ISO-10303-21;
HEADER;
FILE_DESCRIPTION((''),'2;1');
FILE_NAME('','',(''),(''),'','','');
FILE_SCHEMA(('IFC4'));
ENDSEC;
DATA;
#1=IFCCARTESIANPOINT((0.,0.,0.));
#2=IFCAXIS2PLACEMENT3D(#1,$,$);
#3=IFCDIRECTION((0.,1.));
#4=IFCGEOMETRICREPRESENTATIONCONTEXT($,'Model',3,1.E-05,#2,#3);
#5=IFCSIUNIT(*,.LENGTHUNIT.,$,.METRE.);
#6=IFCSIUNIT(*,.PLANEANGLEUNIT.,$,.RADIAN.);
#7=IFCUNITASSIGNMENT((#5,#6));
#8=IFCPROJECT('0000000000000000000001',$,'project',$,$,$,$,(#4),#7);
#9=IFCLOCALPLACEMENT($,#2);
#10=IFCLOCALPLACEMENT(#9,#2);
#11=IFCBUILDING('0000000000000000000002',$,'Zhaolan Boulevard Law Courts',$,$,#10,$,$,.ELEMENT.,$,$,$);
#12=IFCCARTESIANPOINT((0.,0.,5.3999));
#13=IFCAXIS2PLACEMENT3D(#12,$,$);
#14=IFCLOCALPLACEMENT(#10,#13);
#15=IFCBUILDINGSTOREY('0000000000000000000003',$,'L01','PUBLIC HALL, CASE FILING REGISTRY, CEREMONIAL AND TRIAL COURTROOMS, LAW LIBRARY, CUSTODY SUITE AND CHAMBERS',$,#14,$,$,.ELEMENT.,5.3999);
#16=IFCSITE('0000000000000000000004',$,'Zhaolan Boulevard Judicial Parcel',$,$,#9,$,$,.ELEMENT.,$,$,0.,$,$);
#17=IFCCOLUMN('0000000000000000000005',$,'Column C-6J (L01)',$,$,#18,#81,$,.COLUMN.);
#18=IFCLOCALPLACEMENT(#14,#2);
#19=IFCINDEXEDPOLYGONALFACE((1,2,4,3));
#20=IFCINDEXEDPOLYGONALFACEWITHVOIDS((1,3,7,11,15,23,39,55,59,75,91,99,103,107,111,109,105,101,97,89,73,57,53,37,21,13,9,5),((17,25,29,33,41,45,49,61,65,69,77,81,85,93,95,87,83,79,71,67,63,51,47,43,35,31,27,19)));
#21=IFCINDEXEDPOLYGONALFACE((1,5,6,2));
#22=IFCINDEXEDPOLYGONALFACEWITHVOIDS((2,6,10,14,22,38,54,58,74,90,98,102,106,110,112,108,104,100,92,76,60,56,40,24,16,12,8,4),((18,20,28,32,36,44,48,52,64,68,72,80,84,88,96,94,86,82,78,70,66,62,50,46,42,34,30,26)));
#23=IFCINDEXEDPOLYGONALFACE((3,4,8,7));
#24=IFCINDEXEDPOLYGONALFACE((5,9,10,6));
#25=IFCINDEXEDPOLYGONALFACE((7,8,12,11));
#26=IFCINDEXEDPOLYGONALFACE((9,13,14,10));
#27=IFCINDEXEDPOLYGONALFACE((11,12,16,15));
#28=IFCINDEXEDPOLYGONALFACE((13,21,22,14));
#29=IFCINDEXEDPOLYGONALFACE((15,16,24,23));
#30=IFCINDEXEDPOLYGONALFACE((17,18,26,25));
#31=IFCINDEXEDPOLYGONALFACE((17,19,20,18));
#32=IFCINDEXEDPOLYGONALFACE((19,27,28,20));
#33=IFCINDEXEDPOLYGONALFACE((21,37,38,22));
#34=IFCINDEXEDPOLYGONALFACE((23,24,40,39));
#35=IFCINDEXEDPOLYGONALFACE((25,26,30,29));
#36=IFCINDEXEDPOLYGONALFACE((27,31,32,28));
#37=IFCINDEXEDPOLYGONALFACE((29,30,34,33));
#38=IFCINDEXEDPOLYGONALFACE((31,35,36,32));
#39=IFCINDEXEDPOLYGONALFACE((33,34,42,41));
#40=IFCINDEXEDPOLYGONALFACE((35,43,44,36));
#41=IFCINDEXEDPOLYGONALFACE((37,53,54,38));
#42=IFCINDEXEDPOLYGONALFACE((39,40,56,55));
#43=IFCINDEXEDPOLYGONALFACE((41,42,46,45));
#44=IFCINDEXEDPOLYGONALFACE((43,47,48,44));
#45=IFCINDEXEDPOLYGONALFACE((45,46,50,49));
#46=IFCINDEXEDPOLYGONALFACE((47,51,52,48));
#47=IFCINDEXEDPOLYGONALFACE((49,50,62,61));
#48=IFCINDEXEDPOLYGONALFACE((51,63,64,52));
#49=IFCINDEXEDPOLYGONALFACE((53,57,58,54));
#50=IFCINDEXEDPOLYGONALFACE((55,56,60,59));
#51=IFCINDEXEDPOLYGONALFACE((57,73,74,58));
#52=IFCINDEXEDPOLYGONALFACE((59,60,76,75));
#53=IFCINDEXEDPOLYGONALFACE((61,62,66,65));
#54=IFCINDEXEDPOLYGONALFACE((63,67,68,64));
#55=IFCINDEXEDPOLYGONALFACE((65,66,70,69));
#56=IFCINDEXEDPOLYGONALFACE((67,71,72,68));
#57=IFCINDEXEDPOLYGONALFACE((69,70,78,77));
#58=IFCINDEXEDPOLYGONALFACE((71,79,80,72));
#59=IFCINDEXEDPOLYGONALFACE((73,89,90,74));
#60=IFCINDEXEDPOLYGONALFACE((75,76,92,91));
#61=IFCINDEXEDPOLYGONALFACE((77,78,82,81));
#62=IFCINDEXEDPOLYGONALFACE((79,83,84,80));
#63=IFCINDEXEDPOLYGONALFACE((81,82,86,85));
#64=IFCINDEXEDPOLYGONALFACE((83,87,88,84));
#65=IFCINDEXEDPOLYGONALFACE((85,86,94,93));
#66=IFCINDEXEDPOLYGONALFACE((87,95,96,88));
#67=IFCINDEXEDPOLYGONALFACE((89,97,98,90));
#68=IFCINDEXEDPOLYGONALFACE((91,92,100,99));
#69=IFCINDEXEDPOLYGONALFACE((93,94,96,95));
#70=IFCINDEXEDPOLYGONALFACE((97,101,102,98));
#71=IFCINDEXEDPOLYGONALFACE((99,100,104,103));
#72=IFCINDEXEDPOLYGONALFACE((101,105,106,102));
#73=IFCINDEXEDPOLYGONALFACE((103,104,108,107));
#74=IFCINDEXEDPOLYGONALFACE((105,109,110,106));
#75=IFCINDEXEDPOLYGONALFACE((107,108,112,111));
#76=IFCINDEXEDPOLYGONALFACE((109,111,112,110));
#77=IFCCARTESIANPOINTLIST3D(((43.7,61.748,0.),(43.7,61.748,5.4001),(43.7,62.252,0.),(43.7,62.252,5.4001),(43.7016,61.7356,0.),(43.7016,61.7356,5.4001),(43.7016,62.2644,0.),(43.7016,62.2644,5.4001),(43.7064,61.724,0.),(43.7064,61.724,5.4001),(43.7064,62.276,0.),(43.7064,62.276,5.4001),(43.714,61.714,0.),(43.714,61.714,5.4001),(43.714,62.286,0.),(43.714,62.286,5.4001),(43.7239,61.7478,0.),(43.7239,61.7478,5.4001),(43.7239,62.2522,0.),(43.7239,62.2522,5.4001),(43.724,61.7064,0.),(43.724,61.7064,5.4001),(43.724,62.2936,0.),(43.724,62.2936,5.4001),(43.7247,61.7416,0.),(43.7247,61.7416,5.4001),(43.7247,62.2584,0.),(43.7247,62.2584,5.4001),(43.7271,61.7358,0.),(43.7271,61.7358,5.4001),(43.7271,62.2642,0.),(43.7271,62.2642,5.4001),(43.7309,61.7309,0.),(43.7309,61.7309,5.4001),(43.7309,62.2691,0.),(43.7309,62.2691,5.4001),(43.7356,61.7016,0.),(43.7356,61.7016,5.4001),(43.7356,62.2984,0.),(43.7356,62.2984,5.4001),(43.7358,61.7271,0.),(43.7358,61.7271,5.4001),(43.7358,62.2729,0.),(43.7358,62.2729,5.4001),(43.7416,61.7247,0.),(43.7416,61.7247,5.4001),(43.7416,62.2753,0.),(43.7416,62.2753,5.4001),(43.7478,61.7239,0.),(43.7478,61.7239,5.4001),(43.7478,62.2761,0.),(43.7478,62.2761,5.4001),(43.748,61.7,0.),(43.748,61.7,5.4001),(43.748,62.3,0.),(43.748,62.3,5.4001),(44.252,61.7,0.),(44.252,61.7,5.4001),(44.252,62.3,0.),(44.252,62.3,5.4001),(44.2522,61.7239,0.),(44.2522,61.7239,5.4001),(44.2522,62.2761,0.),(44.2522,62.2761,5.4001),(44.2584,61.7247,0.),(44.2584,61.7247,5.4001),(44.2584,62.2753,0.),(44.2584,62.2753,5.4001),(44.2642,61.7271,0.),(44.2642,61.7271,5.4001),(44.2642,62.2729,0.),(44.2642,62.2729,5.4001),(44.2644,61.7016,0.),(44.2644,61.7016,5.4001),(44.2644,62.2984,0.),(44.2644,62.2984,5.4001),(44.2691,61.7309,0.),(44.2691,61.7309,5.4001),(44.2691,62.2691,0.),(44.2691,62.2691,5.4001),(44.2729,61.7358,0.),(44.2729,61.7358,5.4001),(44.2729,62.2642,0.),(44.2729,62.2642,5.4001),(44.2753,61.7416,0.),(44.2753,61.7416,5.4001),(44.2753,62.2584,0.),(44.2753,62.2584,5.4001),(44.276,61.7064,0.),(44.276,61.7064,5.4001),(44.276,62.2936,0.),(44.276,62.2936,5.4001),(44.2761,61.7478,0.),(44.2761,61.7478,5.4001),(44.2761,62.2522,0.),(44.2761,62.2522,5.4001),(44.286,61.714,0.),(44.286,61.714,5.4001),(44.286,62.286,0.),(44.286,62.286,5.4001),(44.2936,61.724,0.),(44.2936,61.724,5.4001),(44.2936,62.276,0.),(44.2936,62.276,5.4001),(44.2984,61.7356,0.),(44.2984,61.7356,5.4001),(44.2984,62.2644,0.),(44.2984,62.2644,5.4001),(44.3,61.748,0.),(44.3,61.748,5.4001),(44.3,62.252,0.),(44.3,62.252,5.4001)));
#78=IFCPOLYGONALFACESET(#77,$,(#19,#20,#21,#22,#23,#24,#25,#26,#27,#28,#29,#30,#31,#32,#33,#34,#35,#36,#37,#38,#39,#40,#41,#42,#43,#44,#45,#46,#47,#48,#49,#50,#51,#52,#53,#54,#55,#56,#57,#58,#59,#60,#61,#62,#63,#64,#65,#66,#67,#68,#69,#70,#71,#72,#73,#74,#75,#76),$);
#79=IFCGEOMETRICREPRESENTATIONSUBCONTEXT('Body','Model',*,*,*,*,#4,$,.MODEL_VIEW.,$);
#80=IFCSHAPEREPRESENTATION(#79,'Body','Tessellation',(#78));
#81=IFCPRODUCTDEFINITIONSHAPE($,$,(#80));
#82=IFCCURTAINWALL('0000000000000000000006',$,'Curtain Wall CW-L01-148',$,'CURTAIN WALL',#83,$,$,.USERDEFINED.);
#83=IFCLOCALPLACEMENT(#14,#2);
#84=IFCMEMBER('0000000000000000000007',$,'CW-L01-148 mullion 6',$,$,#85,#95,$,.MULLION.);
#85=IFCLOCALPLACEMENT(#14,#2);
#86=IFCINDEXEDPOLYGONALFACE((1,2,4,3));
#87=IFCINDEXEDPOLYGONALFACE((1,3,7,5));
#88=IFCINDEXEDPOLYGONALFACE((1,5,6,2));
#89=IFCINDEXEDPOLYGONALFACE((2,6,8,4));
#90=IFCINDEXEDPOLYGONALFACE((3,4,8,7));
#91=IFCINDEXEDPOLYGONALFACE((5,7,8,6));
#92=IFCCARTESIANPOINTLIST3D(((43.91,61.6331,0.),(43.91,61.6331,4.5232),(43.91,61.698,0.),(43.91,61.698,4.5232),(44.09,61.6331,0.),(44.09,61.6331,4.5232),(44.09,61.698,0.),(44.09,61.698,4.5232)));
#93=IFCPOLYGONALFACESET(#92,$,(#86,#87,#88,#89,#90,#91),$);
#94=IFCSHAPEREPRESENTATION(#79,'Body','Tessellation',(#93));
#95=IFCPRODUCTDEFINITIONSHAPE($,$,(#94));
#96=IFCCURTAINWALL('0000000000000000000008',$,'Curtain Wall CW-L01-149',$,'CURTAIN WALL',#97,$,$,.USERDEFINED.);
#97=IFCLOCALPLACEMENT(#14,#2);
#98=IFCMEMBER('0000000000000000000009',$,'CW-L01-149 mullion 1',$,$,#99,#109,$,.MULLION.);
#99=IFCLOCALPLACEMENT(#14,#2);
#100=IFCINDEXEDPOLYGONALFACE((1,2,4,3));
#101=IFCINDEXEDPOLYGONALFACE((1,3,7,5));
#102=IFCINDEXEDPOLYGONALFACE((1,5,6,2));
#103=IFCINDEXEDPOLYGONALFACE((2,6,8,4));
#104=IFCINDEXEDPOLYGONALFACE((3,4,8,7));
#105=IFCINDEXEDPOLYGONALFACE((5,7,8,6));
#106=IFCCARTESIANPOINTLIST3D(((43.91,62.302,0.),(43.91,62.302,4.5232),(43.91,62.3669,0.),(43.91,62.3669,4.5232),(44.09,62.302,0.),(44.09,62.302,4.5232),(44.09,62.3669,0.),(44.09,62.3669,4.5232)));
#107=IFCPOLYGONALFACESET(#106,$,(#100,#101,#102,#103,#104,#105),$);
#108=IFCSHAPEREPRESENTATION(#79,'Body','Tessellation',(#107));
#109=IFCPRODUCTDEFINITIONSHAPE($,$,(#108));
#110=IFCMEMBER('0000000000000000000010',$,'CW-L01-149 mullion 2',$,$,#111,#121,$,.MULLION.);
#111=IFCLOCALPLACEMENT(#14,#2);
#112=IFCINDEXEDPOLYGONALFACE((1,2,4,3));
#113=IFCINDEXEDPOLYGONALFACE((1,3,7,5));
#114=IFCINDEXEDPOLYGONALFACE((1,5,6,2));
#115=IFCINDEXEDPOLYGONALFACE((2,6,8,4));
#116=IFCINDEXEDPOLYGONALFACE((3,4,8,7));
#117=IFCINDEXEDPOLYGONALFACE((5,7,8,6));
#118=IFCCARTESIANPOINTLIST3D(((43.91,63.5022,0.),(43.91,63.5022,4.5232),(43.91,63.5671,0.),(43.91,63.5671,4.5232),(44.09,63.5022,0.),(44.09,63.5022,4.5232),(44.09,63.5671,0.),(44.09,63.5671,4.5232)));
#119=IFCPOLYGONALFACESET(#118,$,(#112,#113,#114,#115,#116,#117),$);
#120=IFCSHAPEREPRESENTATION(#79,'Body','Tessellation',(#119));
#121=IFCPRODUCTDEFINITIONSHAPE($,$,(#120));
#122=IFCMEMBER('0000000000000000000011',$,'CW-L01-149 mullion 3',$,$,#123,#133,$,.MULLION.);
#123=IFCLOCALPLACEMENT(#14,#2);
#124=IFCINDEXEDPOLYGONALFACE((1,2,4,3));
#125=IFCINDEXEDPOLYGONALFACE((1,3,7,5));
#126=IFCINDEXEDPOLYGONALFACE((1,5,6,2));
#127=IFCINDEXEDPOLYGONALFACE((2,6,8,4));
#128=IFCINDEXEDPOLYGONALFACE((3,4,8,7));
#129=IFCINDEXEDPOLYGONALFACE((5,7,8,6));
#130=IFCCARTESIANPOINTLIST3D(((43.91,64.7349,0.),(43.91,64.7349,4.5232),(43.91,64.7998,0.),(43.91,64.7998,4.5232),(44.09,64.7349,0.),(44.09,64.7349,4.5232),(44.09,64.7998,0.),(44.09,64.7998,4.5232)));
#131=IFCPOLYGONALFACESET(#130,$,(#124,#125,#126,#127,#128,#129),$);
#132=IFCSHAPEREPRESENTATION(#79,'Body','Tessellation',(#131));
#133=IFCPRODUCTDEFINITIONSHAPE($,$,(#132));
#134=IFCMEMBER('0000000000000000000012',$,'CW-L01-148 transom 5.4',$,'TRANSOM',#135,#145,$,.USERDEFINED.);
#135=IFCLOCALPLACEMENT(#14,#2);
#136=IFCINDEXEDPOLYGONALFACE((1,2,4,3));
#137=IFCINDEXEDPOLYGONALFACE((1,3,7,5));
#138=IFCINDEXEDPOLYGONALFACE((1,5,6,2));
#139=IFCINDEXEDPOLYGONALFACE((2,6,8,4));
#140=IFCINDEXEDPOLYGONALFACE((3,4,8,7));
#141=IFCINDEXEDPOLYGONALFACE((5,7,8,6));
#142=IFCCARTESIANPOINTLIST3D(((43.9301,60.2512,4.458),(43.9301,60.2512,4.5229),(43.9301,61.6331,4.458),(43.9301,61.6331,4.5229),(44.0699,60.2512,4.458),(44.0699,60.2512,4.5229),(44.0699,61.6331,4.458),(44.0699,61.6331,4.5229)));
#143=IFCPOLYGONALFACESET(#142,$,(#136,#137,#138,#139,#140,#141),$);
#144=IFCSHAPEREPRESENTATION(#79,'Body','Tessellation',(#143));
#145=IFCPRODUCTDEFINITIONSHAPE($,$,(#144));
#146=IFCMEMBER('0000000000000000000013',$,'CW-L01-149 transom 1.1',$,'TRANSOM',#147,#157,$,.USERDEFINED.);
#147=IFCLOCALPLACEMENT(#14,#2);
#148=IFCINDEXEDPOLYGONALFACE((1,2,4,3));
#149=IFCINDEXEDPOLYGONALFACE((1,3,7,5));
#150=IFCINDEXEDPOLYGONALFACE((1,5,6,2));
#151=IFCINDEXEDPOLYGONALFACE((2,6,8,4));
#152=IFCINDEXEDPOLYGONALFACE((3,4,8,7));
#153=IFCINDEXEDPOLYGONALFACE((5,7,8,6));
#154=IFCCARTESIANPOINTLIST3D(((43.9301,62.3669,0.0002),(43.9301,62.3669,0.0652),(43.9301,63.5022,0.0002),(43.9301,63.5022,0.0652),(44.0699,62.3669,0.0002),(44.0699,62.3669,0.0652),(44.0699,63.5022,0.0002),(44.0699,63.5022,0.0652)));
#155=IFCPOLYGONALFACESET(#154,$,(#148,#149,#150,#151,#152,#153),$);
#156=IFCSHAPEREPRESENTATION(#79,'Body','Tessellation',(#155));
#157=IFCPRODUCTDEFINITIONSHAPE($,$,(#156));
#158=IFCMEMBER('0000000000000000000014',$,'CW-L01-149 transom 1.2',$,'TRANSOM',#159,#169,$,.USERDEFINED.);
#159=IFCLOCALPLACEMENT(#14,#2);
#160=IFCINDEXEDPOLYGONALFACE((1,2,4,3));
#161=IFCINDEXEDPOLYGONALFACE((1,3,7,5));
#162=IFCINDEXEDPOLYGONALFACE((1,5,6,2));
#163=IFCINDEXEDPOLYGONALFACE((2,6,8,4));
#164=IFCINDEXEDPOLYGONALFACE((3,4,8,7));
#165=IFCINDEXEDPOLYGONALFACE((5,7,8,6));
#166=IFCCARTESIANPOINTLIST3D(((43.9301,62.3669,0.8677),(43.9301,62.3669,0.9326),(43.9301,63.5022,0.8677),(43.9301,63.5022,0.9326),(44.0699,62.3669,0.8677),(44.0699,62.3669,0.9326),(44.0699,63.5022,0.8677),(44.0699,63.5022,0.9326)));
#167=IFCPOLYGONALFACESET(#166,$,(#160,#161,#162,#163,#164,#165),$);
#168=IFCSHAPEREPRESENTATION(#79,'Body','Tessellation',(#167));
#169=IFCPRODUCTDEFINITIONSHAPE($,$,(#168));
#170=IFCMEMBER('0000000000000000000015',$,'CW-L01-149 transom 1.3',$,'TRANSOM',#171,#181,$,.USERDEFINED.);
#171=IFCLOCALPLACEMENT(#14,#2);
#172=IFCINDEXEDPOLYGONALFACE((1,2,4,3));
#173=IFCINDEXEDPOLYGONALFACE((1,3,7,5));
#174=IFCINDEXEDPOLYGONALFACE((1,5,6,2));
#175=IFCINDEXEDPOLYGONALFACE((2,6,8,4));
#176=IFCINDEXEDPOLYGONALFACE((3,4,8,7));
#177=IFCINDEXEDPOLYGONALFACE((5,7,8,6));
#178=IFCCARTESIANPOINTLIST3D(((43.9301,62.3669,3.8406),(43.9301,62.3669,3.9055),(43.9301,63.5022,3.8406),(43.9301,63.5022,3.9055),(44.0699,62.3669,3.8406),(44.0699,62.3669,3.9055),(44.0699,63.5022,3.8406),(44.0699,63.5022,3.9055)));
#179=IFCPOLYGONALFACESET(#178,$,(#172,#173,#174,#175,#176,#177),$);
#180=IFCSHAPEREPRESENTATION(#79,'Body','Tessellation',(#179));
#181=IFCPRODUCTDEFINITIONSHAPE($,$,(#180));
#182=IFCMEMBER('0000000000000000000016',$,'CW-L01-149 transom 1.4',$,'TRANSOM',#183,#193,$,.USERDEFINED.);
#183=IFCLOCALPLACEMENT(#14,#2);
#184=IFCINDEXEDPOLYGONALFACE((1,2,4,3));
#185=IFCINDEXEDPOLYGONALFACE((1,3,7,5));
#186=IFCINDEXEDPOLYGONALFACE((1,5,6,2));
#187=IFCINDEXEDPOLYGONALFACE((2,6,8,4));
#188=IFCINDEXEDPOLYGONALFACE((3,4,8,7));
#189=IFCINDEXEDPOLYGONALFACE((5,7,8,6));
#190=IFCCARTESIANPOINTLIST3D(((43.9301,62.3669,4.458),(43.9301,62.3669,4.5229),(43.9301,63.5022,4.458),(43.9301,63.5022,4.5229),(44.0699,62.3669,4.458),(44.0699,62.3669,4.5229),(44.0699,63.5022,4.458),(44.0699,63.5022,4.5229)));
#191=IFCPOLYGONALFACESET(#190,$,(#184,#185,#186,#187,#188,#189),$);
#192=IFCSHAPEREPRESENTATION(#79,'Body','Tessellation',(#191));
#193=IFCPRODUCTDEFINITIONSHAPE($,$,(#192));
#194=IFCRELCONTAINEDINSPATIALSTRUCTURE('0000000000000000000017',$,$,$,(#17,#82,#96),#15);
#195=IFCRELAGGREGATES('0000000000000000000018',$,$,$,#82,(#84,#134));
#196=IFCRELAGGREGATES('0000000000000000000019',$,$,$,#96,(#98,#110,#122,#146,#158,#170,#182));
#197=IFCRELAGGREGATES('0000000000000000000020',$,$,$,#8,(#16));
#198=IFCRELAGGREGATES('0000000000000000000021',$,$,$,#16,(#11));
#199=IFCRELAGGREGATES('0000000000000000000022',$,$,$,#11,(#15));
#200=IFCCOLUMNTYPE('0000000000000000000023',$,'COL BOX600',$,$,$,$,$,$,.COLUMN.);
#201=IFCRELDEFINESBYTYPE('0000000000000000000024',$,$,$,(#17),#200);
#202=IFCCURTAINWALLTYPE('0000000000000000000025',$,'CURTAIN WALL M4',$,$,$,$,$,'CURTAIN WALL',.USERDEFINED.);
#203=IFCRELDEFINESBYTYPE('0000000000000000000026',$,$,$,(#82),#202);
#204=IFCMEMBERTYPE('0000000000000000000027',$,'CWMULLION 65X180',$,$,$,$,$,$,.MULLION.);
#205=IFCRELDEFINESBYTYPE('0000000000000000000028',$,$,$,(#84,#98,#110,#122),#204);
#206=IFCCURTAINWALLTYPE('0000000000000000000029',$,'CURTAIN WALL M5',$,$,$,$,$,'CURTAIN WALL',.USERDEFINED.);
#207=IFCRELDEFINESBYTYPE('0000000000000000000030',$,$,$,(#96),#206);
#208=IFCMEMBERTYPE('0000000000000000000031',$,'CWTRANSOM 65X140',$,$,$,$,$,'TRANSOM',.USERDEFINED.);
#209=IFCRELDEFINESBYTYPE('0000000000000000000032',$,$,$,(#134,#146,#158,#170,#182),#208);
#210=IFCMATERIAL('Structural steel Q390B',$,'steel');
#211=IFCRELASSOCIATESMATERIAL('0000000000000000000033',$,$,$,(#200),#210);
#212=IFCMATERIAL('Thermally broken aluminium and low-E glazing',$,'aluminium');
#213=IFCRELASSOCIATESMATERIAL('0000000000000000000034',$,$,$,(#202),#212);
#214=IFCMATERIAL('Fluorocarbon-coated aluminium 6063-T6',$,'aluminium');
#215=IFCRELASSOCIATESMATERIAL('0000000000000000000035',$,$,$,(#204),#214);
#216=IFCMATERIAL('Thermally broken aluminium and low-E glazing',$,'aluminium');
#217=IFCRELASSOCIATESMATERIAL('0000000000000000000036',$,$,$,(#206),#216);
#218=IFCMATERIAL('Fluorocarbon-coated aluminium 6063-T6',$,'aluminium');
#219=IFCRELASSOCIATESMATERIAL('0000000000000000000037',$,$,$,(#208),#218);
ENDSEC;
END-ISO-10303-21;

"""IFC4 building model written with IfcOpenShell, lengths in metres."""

from ifc_helpers import new_model, si_unit, direction, frame, origin, origin_2d, place, context, subcontext, project, spatial, rectangle, hollow_rectangle, extrude, material, material_profile, profile_set, type_object, element, aggregate, save


model = new_model("IFC4")

# Units and contexts
model_context = context("Model", 3, precision=1e-05, world=origin(), true_north=direction((0.0, 1.0)))
body_context = subcontext(model_context, "Body", "Model", "MODEL_VIEW")
ifc_project = project(units=[si_unit("LENGTHUNIT", "METRE"), si_unit("PLANEANGLEUNIT", "RADIAN")], contexts=[model_context])

# Site, building, storey
site_placement = place(None, origin())
site = spatial("IfcSite", under=ifc_project, at=site_placement, Name="Zhaolan Boulevard Judicial Parcel", CompositionType="ELEMENT", RefElevation=0.0)
building_placement = place(site_placement, origin())
building = spatial("IfcBuilding", under=site, at=building_placement, Name="Zhaolan Boulevard Law Courts", CompositionType="ELEMENT")
storey_placement = place(building_placement, frame((0.0, 0.0, 5.3999)))
storey = spatial("IfcBuildingStorey", under=building, at=storey_placement, Name="L01", Description="PUBLIC HALL, CASE FILING REGISTRY, CEREMONIAL AND TRIAL COURTROOMS, LAW LIBRARY, CUSTODY SUITE AND CHAMBERS", CompositionType="ELEMENT", Elevation=5.3999)

# Column
ifc_material_1 = material(Name="Structural steel Q390B", Category="steel")
ifc_material_profile_1 = material_profile(ifc_material_1, hollow_rectangle(XDim=0.6001, YDim=0.6001, WallThickness=0.0239, InnerFilletRadius=0.0239, OuterFilletRadius=0.0481, at=origin_2d()), Name="BOX600x600x24")
ifc_profile_set_1 = profile_set([ifc_material_profile_1], Name="Structural steel Q390B")
column_type = type_object("IfcColumnType", Name="COL BOX600", PredefinedType="COLUMN", material=ifc_profile_set_1)
column_placement = place(storey_placement, frame((44.0, 62.0, 0.0), z_axis=(0.0, 0.0, 1.0), x_axis=(1.0, 0.0, 0.0)))
element("IfcColumn", 1, at=column_placement, inside=storey, type_object=column_type, Name="Column C-6J (L01)", PredefinedType="COLUMN", context=body_context, shape_type="SweptSolid", body=[
    extrude(hollow_rectangle(XDim=0.6001, YDim=0.6001, WallThickness=0.0239, InnerFilletRadius=0.0239, OuterFilletRadius=0.0481, at=origin_2d()), origin(), (0.0, 0.0, 1.0), 5.4001),
])

# Curtain wall, member
ifc_material_2 = material(Name="Thermally broken aluminium and low-E glazing", Category="aluminium")
curtain_wall_type_1 = type_object("IfcCurtainWallType", Name="CURTAIN WALL M4", ElementType="CURTAIN WALL", PredefinedType="USERDEFINED", material=ifc_material_2)
curtain_wall_1_placement = place(storey_placement, origin())
curtain_wall_1 = element("IfcCurtainWall", 2, at=curtain_wall_1_placement, inside=storey, type_object=curtain_wall_type_1, Name="Curtain Wall CW-L01-148", ObjectType="CURTAIN WALL", PredefinedType="USERDEFINED")
ifc_material_3 = material(Name="Fluorocarbon-coated aluminium 6063-T6", Category="aluminium")
ifc_material_profile_2 = material_profile(ifc_material_3, rectangle(XDim=0.1799, YDim=0.0649, at=origin_2d()), Name="AL65x180")
ifc_profile_set_2 = profile_set([ifc_material_profile_2], Name="Fluorocarbon-coated aluminium 6063-T6")
member_type_1 = type_object("IfcMemberType", Name="CWMULLION 65X180", PredefinedType="MULLION", material=ifc_profile_set_2)
member_1_placement = place(storey_placement, frame((44.0, 61.6655, 0.0), z_axis=(0.0, 0.0, 1.0), x_axis=(-1.0, 0.0, 0.0)))
member_1 = element("IfcMember", 3, at=member_1_placement, type_object=member_type_1, Name="CW-L01-148 mullion 6", PredefinedType="MULLION", context=body_context, shape_type="SweptSolid", body=[
    extrude(rectangle(XDim=0.1799, YDim=0.0649, at=origin_2d()), origin(), (0.0, 0.0, 1.0), 4.5232),
])

# Curtain wall, members
ifc_material_4 = material(Name="Thermally broken aluminium and low-E glazing", Category="aluminium")
curtain_wall_type_2 = type_object("IfcCurtainWallType", Name="CURTAIN WALL M5", ElementType="CURTAIN WALL", PredefinedType="USERDEFINED", material=ifc_material_4)
curtain_wall_2_placement = place(storey_placement, origin())
curtain_wall_2 = element("IfcCurtainWall", 4, at=curtain_wall_2_placement, inside=storey, type_object=curtain_wall_type_2, Name="Curtain Wall CW-L01-149", ObjectType="CURTAIN WALL", PredefinedType="USERDEFINED")
member_2_placement = place(storey_placement, frame((44.0, 62.3345, 0.0), z_axis=(0.0, 0.0, 1.0), x_axis=(-1.0, 0.0, 0.0)))
member_2 = element("IfcMember", 5, at=member_2_placement, type_object=member_type_1, Name="CW-L01-149 mullion 1", PredefinedType="MULLION", context=body_context, shape_type="SweptSolid", body=[
    extrude(rectangle(XDim=0.1799, YDim=0.0649, at=origin_2d()), origin(), (0.0, 0.0, 1.0), 4.5232),
])
member_3_placement = place(storey_placement, frame((44.0, 63.5347, 0.0), z_axis=(0.0, 0.0, 1.0), x_axis=(-1.0, 0.0, 0.0)))
member_3 = element("IfcMember", 6, at=member_3_placement, type_object=member_type_1, Name="CW-L01-149 mullion 2", PredefinedType="MULLION", context=body_context, shape_type="SweptSolid", body=[
    extrude(rectangle(XDim=0.1799, YDim=0.0649, at=origin_2d()), origin(), (0.0, 0.0, 1.0), 4.5232),
])
member_4_placement = place(storey_placement, frame((44.0, 64.7673, 0.0), z_axis=(0.0, 0.0, 1.0), x_axis=(-1.0, 0.0, 0.0)))
member_4 = element("IfcMember", 7, at=member_4_placement, type_object=member_type_1, Name="CW-L01-149 mullion 3", PredefinedType="MULLION", context=body_context, shape_type="SweptSolid", body=[
    extrude(rectangle(XDim=0.1799, YDim=0.0649, at=origin_2d()), origin(), (0.0, 0.0, 1.0), 4.5232),
])

# Members
ifc_material_5 = material(Name="Fluorocarbon-coated aluminium 6063-T6", Category="aluminium")
ifc_material_profile_3 = material_profile(ifc_material_5, rectangle(XDim=0.1399, YDim=0.0649, at=origin_2d()), Name="AL65x140")
ifc_profile_set_3 = profile_set([ifc_material_profile_3], Name="Fluorocarbon-coated aluminium 6063-T6")
member_type_2 = type_object("IfcMemberType", Name="CWTRANSOM 65X140", ElementType="TRANSOM", PredefinedType="USERDEFINED", material=ifc_profile_set_3)
member_5_placement = place(storey_placement, frame((44.0, 60.2512, 4.4905), z_axis=(0.0, 1.0, 0.0), x_axis=(-1.0, 0.0, 0.0)))
member_5 = element("IfcMember", 8, at=member_5_placement, type_object=member_type_2, Name="CW-L01-148 transom 5.4", ObjectType="TRANSOM", PredefinedType="USERDEFINED", context=body_context, shape_type="SweptSolid", body=[
    extrude(rectangle(XDim=0.1399, YDim=0.0649, at=origin_2d()), origin(), (0.0, 0.0, 1.0), 1.3818),
])
member_6_placement = place(storey_placement, frame((44.0, 62.3669, 0.0327), z_axis=(0.0, 1.0, 0.0), x_axis=(-1.0, 0.0, 0.0)))
member_6 = element("IfcMember", 9, at=member_6_placement, type_object=member_type_2, Name="CW-L01-149 transom 1.1", ObjectType="TRANSOM", PredefinedType="USERDEFINED", context=body_context, shape_type="SweptSolid", body=[
    extrude(rectangle(XDim=0.1399, YDim=0.0649, at=origin_2d()), origin(), (0.0, 0.0, 1.0), 1.1353),
])
member_7_placement = place(storey_placement, frame((44.0, 62.3669, 0.9001), z_axis=(0.0, 1.0, 0.0), x_axis=(-1.0, 0.0, 0.0)))
member_7 = element("IfcMember", 10, at=member_7_placement, type_object=member_type_2, Name="CW-L01-149 transom 1.2", ObjectType="TRANSOM", PredefinedType="USERDEFINED", context=body_context, shape_type="SweptSolid", body=[
    extrude(rectangle(XDim=0.1399, YDim=0.0649, at=origin_2d()), origin(), (0.0, 0.0, 1.0), 1.1353),
])
member_8_placement = place(storey_placement, frame((44.0, 62.3669, 3.873), z_axis=(0.0, 1.0, 0.0), x_axis=(-1.0, 0.0, 0.0)))
member_8 = element("IfcMember", 11, at=member_8_placement, type_object=member_type_2, Name="CW-L01-149 transom 1.3", ObjectType="TRANSOM", PredefinedType="USERDEFINED", context=body_context, shape_type="SweptSolid", body=[
    extrude(rectangle(XDim=0.1399, YDim=0.0649, at=origin_2d()), origin(), (0.0, 0.0, 1.0), 1.1353),
])
member_9_placement = place(storey_placement, frame((44.0, 62.3669, 4.4905), z_axis=(0.0, 1.0, 0.0), x_axis=(-1.0, 0.0, 0.0)))
member_9 = element("IfcMember", 12, at=member_9_placement, type_object=member_type_2, Name="CW-L01-149 transom 1.4", ObjectType="TRANSOM", PredefinedType="USERDEFINED", context=body_context, shape_type="SweptSolid", body=[
    extrude(rectangle(XDim=0.1399, YDim=0.0649, at=origin_2d()), origin(), (0.0, 0.0, 1.0), 1.1353),
])

aggregate(curtain_wall_1, [member_1, member_5])
aggregate(curtain_wall_2, [member_2, member_3, member_4, member_6, member_7, member_8, member_9])

save(model, "model.ifc")
